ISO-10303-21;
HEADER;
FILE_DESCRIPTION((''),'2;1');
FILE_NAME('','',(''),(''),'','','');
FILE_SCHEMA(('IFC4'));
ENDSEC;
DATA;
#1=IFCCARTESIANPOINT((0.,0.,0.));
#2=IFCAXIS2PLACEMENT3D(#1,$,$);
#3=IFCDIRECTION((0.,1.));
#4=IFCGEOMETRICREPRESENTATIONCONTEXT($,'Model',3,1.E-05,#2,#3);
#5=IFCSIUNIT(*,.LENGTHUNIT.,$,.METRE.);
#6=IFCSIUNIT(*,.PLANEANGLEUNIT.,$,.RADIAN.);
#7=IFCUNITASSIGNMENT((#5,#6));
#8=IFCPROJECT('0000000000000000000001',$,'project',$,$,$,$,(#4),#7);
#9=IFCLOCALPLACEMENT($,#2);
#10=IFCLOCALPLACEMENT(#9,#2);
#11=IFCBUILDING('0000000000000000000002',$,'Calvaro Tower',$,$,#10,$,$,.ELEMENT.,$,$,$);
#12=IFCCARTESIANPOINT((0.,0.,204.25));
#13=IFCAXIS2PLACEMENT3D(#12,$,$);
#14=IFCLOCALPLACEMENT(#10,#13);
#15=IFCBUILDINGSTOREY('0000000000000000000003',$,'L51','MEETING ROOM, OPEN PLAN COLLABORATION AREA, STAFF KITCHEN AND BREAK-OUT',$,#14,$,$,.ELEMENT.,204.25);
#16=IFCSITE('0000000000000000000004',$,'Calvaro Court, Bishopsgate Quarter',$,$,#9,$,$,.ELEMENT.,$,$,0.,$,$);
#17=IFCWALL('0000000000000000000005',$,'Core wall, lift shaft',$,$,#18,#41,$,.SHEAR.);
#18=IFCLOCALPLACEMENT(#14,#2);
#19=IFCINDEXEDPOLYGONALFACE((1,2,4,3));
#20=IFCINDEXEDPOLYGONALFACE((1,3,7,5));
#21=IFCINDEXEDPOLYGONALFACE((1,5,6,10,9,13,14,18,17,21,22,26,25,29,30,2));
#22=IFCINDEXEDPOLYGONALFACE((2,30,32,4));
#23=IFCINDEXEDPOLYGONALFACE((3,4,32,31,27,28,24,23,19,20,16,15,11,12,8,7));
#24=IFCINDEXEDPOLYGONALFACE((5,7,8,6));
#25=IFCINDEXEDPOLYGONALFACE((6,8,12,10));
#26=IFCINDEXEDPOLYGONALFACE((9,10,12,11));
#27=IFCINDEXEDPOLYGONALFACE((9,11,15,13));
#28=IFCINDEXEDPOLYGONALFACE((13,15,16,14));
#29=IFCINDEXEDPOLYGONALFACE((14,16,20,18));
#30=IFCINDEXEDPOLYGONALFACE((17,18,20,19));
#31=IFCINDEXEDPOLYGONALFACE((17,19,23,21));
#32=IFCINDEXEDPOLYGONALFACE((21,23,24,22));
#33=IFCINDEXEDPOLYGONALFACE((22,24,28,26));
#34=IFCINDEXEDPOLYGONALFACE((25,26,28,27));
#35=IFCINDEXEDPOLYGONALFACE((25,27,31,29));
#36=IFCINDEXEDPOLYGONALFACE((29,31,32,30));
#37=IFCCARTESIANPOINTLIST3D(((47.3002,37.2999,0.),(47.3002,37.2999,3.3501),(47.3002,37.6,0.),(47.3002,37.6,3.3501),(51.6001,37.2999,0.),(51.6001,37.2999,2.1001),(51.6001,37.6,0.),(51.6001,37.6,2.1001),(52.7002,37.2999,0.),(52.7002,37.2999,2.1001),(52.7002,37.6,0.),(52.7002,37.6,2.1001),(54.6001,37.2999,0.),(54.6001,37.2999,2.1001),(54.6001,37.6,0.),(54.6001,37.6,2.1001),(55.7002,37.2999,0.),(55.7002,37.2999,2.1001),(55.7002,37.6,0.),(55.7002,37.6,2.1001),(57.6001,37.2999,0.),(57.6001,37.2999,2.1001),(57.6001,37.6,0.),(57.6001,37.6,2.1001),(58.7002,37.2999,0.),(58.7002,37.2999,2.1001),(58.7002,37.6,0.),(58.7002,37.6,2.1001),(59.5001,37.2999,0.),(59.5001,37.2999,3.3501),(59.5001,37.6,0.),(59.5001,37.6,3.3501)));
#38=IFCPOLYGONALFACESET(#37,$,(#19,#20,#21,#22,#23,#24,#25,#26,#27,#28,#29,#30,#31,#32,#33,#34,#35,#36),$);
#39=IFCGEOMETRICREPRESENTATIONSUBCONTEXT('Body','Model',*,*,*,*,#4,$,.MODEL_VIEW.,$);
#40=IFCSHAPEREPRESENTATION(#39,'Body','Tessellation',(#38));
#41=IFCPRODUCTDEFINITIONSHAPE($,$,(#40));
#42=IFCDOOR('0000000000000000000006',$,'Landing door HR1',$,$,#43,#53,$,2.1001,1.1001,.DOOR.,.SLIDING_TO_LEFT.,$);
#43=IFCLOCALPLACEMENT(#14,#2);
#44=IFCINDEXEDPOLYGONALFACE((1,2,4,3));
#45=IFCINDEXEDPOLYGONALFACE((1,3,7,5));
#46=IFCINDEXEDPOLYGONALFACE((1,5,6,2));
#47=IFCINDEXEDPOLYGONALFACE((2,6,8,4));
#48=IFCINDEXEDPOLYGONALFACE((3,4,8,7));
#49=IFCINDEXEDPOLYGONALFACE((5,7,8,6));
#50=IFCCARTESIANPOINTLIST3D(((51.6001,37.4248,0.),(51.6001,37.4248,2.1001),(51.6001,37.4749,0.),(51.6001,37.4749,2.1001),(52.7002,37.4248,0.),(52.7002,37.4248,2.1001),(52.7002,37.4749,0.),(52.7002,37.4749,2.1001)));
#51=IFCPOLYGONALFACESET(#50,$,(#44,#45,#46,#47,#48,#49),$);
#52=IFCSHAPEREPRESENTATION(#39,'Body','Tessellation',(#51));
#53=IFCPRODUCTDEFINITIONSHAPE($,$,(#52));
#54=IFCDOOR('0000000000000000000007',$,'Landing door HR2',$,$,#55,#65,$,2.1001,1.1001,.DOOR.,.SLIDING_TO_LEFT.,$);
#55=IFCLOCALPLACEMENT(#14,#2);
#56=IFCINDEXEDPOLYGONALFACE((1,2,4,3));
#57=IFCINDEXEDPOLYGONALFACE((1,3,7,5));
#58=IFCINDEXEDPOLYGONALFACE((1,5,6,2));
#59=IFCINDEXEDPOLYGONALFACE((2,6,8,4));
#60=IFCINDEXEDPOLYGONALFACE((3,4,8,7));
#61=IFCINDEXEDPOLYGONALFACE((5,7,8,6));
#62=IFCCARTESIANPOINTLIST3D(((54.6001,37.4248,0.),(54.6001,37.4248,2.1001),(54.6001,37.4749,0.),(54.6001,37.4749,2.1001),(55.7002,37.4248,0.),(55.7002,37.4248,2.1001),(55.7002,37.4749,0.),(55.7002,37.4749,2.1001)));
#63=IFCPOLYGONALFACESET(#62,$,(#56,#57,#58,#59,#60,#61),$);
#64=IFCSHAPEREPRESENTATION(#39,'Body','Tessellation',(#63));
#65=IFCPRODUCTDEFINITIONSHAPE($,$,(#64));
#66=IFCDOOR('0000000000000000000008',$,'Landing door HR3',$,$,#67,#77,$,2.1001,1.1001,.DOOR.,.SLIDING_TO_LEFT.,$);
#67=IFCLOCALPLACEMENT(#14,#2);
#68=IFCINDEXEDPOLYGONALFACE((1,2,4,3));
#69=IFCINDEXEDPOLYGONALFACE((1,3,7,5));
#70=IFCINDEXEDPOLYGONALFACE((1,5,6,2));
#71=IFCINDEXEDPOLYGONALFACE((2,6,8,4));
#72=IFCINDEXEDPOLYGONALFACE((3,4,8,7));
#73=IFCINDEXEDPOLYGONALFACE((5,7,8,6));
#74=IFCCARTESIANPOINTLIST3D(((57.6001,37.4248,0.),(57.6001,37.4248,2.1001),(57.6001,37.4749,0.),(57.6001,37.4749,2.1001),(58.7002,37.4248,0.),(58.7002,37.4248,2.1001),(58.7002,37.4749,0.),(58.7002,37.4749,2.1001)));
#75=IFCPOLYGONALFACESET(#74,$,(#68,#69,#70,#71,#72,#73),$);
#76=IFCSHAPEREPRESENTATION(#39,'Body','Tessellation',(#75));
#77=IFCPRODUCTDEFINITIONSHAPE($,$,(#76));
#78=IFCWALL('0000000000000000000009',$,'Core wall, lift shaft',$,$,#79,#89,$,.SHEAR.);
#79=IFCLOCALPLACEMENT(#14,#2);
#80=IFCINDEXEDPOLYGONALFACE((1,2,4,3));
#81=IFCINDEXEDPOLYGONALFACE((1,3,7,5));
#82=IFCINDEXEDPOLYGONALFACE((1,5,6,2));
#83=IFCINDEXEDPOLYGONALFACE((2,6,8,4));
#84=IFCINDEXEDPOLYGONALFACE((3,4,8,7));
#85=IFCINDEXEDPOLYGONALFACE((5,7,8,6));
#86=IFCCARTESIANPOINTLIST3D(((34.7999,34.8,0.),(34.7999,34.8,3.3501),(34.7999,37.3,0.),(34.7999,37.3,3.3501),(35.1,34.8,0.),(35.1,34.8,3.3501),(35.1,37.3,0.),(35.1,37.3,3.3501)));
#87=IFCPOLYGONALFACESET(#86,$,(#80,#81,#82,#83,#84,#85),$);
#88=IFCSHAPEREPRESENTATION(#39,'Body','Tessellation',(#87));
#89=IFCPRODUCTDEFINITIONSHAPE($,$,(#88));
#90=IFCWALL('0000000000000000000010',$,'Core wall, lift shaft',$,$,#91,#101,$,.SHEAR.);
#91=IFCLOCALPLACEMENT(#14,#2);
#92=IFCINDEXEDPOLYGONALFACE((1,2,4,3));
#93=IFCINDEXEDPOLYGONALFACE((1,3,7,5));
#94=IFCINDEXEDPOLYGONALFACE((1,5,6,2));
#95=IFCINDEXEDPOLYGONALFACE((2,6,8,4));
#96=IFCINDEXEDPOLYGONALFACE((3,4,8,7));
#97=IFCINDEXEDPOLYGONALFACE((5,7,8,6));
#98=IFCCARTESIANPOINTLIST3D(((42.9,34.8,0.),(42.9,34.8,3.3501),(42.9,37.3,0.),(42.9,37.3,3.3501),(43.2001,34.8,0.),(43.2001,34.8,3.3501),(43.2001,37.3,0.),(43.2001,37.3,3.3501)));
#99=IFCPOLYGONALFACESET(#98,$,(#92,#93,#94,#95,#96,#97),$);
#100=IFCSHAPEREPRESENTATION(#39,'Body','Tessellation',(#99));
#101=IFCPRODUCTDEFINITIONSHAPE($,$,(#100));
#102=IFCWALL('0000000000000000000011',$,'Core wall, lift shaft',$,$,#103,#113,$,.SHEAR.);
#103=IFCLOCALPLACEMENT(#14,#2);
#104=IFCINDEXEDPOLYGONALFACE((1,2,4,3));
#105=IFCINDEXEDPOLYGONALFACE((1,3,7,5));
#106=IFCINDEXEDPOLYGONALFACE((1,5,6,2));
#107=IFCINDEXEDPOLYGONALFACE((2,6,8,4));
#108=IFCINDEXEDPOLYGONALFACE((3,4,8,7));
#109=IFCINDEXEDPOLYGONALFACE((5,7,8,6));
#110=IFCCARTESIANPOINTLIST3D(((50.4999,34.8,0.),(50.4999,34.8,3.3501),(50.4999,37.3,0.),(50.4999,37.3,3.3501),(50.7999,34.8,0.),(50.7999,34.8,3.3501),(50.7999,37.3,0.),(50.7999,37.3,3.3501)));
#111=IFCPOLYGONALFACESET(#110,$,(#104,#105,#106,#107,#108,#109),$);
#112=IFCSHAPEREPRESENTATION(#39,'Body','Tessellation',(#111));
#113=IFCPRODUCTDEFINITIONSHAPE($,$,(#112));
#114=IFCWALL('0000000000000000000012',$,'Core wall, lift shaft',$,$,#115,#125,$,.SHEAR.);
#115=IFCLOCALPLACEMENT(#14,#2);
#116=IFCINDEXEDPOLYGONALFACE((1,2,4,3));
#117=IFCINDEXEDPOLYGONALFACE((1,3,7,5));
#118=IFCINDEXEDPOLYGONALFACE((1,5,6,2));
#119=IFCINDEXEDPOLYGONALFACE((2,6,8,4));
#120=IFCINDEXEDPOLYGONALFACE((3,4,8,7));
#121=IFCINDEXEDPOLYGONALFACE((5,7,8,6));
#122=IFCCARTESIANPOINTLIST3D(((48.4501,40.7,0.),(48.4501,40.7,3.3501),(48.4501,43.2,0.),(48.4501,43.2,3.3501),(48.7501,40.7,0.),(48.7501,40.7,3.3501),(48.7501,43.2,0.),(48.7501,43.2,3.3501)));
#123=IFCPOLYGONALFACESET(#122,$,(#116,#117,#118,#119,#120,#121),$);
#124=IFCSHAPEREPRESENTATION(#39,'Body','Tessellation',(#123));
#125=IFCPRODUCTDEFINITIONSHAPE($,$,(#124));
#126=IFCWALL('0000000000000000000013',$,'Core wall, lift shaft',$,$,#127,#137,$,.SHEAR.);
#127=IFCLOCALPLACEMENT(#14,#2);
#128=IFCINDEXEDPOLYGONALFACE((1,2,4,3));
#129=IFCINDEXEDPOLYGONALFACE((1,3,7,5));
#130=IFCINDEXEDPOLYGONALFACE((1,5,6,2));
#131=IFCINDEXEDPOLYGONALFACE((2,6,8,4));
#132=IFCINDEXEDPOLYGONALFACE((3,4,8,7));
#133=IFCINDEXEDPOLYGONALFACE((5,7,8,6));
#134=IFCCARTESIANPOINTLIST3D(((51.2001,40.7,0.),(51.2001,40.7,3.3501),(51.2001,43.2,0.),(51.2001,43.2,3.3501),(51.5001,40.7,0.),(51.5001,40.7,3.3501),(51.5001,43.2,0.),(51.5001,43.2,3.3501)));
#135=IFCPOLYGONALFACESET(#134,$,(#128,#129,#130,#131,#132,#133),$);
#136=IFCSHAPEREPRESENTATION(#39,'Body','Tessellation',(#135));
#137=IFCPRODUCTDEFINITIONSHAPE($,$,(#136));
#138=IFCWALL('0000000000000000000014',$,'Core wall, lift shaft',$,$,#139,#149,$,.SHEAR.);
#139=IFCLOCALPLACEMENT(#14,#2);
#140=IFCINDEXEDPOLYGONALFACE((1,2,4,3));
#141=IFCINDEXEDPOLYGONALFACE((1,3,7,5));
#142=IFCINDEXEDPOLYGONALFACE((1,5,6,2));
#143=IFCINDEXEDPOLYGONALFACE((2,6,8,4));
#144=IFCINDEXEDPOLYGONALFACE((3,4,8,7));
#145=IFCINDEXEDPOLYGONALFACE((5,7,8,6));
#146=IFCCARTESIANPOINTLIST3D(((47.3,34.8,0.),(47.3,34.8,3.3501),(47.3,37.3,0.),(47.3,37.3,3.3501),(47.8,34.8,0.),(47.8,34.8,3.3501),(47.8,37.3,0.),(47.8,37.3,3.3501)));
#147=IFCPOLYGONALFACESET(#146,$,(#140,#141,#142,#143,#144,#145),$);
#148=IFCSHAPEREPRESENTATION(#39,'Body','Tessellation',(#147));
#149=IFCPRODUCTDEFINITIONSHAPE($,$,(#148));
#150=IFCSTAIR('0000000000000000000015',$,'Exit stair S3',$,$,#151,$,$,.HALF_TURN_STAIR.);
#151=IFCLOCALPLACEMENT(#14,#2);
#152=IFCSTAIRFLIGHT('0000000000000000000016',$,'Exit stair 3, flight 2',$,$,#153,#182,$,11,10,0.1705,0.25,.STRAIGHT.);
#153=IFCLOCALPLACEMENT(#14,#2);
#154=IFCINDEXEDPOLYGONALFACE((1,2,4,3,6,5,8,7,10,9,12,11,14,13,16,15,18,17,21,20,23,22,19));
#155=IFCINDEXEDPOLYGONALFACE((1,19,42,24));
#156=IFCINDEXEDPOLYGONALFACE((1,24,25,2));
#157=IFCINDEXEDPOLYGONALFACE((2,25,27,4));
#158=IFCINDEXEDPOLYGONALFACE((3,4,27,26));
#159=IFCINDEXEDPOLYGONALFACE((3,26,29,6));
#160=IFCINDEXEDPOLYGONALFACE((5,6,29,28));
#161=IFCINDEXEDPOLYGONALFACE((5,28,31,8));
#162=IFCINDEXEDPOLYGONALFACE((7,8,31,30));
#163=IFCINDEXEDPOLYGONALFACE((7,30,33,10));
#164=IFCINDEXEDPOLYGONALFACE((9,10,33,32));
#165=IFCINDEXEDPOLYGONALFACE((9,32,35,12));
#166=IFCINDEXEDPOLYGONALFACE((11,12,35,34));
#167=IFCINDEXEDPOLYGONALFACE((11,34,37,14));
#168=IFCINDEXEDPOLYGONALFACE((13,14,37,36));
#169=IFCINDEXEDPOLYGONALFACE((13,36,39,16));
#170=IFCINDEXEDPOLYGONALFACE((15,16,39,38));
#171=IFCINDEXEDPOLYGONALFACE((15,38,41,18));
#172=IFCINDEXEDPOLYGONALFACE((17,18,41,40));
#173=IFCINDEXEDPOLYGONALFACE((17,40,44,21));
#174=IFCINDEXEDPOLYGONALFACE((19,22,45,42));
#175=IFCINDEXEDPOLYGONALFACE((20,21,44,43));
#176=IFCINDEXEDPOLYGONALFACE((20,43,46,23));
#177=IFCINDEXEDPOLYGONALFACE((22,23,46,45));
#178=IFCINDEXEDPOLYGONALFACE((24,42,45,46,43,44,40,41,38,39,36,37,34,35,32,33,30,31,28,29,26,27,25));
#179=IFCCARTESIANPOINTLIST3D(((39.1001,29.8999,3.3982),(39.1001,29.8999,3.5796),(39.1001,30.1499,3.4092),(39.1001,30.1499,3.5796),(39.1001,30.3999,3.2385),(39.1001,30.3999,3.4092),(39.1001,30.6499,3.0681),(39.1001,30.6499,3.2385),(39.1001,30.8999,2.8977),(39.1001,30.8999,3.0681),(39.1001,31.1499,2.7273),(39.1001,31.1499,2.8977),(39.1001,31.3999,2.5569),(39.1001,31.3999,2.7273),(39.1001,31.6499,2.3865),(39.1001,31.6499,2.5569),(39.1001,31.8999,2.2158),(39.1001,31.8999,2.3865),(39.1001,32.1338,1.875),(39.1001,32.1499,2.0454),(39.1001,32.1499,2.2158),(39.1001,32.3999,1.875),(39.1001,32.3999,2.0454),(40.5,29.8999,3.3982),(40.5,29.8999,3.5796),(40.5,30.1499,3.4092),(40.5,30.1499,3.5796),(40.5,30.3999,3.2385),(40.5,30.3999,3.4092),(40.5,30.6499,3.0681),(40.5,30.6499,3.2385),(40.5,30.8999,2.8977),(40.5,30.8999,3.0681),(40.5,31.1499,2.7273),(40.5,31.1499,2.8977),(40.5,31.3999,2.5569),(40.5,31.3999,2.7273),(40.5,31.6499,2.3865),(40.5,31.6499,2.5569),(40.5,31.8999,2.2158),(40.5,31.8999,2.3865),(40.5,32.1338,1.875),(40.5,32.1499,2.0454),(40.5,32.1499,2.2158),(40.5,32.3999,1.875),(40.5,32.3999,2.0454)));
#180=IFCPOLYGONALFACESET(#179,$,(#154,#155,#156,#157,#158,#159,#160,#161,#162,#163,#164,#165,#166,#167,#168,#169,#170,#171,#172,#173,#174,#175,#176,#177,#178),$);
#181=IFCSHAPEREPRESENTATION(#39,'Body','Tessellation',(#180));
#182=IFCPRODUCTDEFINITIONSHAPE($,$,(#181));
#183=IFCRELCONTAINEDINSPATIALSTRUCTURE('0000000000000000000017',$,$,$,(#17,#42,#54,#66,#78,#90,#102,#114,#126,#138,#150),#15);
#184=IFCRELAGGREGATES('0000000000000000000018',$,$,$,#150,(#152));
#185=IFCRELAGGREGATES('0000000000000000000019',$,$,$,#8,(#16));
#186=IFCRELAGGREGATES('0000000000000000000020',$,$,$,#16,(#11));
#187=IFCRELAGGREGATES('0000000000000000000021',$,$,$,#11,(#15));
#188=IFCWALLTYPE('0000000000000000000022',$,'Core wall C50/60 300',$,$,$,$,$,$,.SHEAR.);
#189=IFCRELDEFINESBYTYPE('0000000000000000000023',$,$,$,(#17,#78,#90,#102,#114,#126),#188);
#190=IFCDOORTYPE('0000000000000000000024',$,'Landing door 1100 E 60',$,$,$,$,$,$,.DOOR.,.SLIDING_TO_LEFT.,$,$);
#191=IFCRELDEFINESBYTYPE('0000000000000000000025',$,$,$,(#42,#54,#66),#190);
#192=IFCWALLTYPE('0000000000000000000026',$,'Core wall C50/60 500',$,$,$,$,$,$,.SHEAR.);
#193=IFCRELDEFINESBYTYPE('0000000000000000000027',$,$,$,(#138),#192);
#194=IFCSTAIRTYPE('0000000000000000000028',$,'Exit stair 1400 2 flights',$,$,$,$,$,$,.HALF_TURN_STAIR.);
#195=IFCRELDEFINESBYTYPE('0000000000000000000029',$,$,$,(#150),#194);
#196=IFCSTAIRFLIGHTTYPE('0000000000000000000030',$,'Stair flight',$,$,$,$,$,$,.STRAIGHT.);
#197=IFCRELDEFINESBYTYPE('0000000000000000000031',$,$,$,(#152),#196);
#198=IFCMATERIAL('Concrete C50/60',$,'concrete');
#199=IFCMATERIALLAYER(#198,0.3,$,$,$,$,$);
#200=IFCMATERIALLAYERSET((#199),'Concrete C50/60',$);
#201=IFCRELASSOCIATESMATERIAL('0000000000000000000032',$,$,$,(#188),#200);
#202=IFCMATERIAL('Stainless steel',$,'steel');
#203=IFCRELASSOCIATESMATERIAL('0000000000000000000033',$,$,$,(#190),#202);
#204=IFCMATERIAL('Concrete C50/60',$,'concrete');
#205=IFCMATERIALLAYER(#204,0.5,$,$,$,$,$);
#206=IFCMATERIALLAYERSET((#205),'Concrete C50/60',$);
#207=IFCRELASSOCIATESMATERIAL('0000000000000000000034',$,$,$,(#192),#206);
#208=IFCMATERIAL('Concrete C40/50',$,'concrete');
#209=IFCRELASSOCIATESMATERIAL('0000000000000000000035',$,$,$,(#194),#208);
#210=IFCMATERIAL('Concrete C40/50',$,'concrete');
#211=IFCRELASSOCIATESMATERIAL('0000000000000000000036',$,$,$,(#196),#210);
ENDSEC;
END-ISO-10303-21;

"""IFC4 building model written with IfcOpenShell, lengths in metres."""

from ifc_helpers import new_model, si_unit, direction, frame, frame_2d, origin, place, context, subcontext, project, spatial, polyline, rectangle, outline, extrude, material, layer, layer_set, type_object, element, fill, aggregate, save


model = new_model("IFC4")

# Units and contexts
model_context = context("Model", 3, precision=1e-05, world=origin(), true_north=direction((0.0, 1.0)))
body_context = subcontext(model_context, "Body", "Model", "MODEL_VIEW")
ifc_project = project(units=[si_unit("LENGTHUNIT", "METRE"), si_unit("PLANEANGLEUNIT", "RADIAN")], contexts=[model_context])

# Site, building, storey
site_placement = place(None, origin())
site = spatial("IfcSite", under=ifc_project, at=site_placement, Name="Calvaro Court, Bishopsgate Quarter", CompositionType="ELEMENT", RefElevation=0.0)
building_placement = place(site_placement, origin())
building = spatial("IfcBuilding", under=site, at=building_placement, Name="Calvaro Tower", CompositionType="ELEMENT")
storey_placement = place(building_placement, frame((0.0, 0.0, 204.25)))
storey = spatial("IfcBuildingStorey", under=building, at=storey_placement, Name="L51", Description="MEETING ROOM, OPEN PLAN COLLABORATION AREA, STAFF KITCHEN AND BREAK-OUT", CompositionType="ELEMENT", Elevation=204.25)

# Shared definitions
ifc_material_1 = material(Name="Concrete C50/60", Category="concrete")
ifc_layer_1 = layer(ifc_material_1, 0.3)
ifc_layer_set_1 = layer_set([ifc_layer_1], Name="Concrete C50/60")
wall_type_1 = type_object("IfcWallType", Name="Core wall C50/60 300", PredefinedType="SHEAR", material=ifc_layer_set_1)

# Shared definitions
ifc_material_2 = material(Name="Stainless steel", Category="steel")
door_type_1 = type_object("IfcDoorType", Name="Landing door 1100 E 60", OperationType="SLIDING_TO_LEFT", PredefinedType="DOOR", material=ifc_material_2)

# Wall, openings, doors
wall_1_placement = place(storey_placement, frame((47.3, 37.45, 0.0), z_axis=(0.0, 0.0, 1.0), x_axis=(1.0, 0.0, 0.0)))
wall_1 = element("IfcWall", 1, at=wall_1_placement, inside=storey, type_object=wall_type_1, Name="Core wall, lift shaft", PredefinedType="SHEAR", context=body_context, shape_type="SweptSolid", body=[
    extrude(rectangle(XDim=12.2, YDim=0.3, at=frame_2d((6.1001, 0.0))), origin(), (0.0, 0.0, 1.0), 3.3501),
])
opening_1_placement = place(wall_1_placement, frame((4.3, 0.0, 0.0)))
opening_1 = element("IfcOpeningElement", 2, at=opening_1_placement, cuts=wall_1, PredefinedType="OPENING", context=body_context, shape_type="SweptSolid", body=[
    extrude(rectangle(XDim=1.1001, YDim=2.1001, at=frame_2d((0.55, 1.05))), frame((0.0, 0.1599, 0.0), z_axis=(0.0, -1.0, 0.0), x_axis=(1.0, 0.0, 0.0)), (0.0, 0.0, 1.0), 0.3201),
])
opening_2_placement = place(wall_1_placement, frame((7.3, 0.0, 0.0)))
opening_2 = element("IfcOpeningElement", 3, at=opening_2_placement, cuts=wall_1, PredefinedType="OPENING", context=body_context, shape_type="SweptSolid", body=[
    extrude(rectangle(XDim=1.1001, YDim=2.1001, at=frame_2d((0.55, 1.05))), frame((0.0, 0.1599, 0.0), z_axis=(0.0, -1.0, 0.0), x_axis=(1.0, 0.0, 0.0)), (0.0, 0.0, 1.0), 0.3201),
])
opening_3_placement = place(wall_1_placement, frame((10.3, 0.0, 0.0)))
opening_3 = element("IfcOpeningElement", 4, at=opening_3_placement, cuts=wall_1, PredefinedType="OPENING", context=body_context, shape_type="SweptSolid", body=[
    extrude(rectangle(XDim=1.1001, YDim=2.1001, at=frame_2d((0.55, 1.05))), frame((0.0, 0.1599, 0.0), z_axis=(0.0, -1.0, 0.0), x_axis=(1.0, 0.0, 0.0)), (0.0, 0.0, 1.0), 0.3201),
])
door_1_placement = place(opening_1_placement, origin())
door_1 = element("IfcDoor", 5, at=door_1_placement, inside=storey, type_object=door_type_1, Name="Landing door HR1", OperationType="SLIDING_TO_LEFT", OverallHeight=2.1001, OverallWidth=1.1001, PredefinedType="DOOR", context=body_context, shape_type="SweptSolid", body=[
    extrude(rectangle(XDim=1.1001, YDim=2.1001, at=frame_2d((0.55, 1.05))), frame((0.0, 0.0249, 0.0), z_axis=(0.0, -1.0, 0.0), x_axis=(1.0, 0.0, 0.0)), (0.0, 0.0, 1.0), 0.05),
])
fill(opening_1, door_1)
door_2_placement = place(opening_2_placement, origin())
door_2 = element("IfcDoor", 6, at=door_2_placement, inside=storey, type_object=door_type_1, Name="Landing door HR2", OperationType="SLIDING_TO_LEFT", OverallHeight=2.1001, OverallWidth=1.1001, PredefinedType="DOOR", context=body_context, shape_type="SweptSolid", body=[
    extrude(rectangle(XDim=1.1001, YDim=2.1001, at=frame_2d((0.55, 1.05))), frame((0.0, 0.0249, 0.0), z_axis=(0.0, -1.0, 0.0), x_axis=(1.0, 0.0, 0.0)), (0.0, 0.0, 1.0), 0.05),
])
fill(opening_2, door_2)
door_3_placement = place(opening_3_placement, origin())
door_3 = element("IfcDoor", 7, at=door_3_placement, inside=storey, type_object=door_type_1, Name="Landing door HR3", OperationType="SLIDING_TO_LEFT", OverallHeight=2.1001, OverallWidth=1.1001, PredefinedType="DOOR", context=body_context, shape_type="SweptSolid", body=[
    extrude(rectangle(XDim=1.1001, YDim=2.1001, at=frame_2d((0.55, 1.05))), frame((0.0, 0.0249, 0.0), z_axis=(0.0, -1.0, 0.0), x_axis=(1.0, 0.0, 0.0)), (0.0, 0.0, 1.0), 0.05),
])
fill(opening_3, door_3)

# Walls
for number, where, z_axis, x_axis, name in (
    (8, (34.95, 34.8, 0.0), (0.0, 0.0, 1.0), (0.0, 1.0, 0.0), "Core wall, lift shaft"),
    (9, (43.05, 34.8, 0.0), (0.0, 0.0, 1.0), (0.0, 1.0, 0.0), "Core wall, lift shaft"),
    (10, (50.6499, 34.8, 0.0), (0.0, 0.0, 1.0), (0.0, 1.0, 0.0), "Core wall, lift shaft"),
    (11, (48.6001, 40.7, 0.0), (0.0, 0.0, 1.0), (0.0, 1.0, 0.0), "Core wall, lift shaft"),
    (12, (51.3501, 40.7, 0.0), (0.0, 0.0, 1.0), (0.0, 1.0, 0.0), "Core wall, lift shaft"),
):
    element("IfcWall", number, at=place(storey_placement, frame(where, z_axis=z_axis, x_axis=x_axis)), inside=storey, type_object=wall_type_1, Name=name, PredefinedType="SHEAR", context=body_context, shape_type="SweptSolid", body=[
        extrude(rectangle(XDim=2.5, YDim=0.3, at=frame_2d((1.25, 0.0))), origin(), (0.0, 0.0, 1.0), 3.3501),
    ])
ifc_material_3 = material(Name="Concrete C50/60", Category="concrete")
ifc_layer_2 = layer(ifc_material_3, 0.5)
ifc_layer_set_2 = layer_set([ifc_layer_2], Name="Concrete C50/60")
wall_type_2 = type_object("IfcWallType", Name="Core wall C50/60 500", PredefinedType="SHEAR", material=ifc_layer_set_2)
wall_2_placement = place(storey_placement, frame((47.55, 34.8, 0.0), z_axis=(0.0, 0.0, 1.0), x_axis=(0.0, 1.0, 0.0)))
element("IfcWall", 13, at=wall_2_placement, inside=storey, type_object=wall_type_2, Name="Core wall, lift shaft", PredefinedType="SHEAR", context=body_context, shape_type="SweptSolid", body=[
    extrude(rectangle(XDim=2.5, YDim=0.5, at=frame_2d((1.25, 0.0))), origin(), (0.0, 0.0, 1.0), 3.3501),
])

# Stair, stair flight
ifc_material_4 = material(Name="Concrete C40/50", Category="concrete")
stair_type = type_object("IfcStairType", Name="Exit stair 1400 2 flights", PredefinedType="HALF_TURN_STAIR", material=ifc_material_4)
stair_1_placement = place(storey_placement, origin())
stair_1 = element("IfcStair", 14, at=stair_1_placement, inside=storey, type_object=stair_type, Name="Exit stair S3", PredefinedType="HALF_TURN_STAIR")
ifc_material_5 = material(Name="Concrete C40/50", Category="concrete")
stair_flight_type = type_object("IfcStairFlightType", Name="Stair flight", PredefinedType="STRAIGHT", material=ifc_material_5)
stair_flight_1_placement = place(storey_placement, frame((39.8, 32.3999, 1.875), z_axis=(0.0, 0.0, 1.0), x_axis=(0.0, -1.0, 0.0)))
stair_flight_1 = element("IfcStairFlight", 15, at=stair_flight_1_placement, type_object=stair_flight_type, Name="Exit stair 3, flight 2", NumberOfRisers=11, NumberOfTreads=10, PredefinedType="STRAIGHT", RiserHeight=0.1705, TreadLength=0.25, context=body_context, shape_type="SweptSolid", body=[
    extrude(outline(polyline([(0.0, 0.0), (0.0, 0.1704), (0.25, 0.1704), (0.25, 0.3408), (0.5, 0.3408), (0.5, 0.5115), (0.75, 0.5115), (0.75, 0.6819), (1.0, 0.6819), (1.0, 0.8523), (1.25, 0.8523), (1.25, 1.0227), (1.5, 1.0227), (1.5, 1.1931), (1.75, 1.1931), (1.75, 1.3635), (2.0, 1.3635), (2.0, 1.5342), (2.25, 1.5342), (2.25, 1.7046), (2.5, 1.7046), (2.5, 1.875), (2.5, 1.5232), (0.2661, 0.0), (0.0, 0.0)])), frame((0.0, 0.7, 0.0), z_axis=(0.0, -1.0, 0.0), x_axis=(1.0, 0.0, 0.0)), (0.0, 0.0, 1.0), 1.3999),
])

aggregate(stair_1, [stair_flight_1])

save(model, "model.ifc")
